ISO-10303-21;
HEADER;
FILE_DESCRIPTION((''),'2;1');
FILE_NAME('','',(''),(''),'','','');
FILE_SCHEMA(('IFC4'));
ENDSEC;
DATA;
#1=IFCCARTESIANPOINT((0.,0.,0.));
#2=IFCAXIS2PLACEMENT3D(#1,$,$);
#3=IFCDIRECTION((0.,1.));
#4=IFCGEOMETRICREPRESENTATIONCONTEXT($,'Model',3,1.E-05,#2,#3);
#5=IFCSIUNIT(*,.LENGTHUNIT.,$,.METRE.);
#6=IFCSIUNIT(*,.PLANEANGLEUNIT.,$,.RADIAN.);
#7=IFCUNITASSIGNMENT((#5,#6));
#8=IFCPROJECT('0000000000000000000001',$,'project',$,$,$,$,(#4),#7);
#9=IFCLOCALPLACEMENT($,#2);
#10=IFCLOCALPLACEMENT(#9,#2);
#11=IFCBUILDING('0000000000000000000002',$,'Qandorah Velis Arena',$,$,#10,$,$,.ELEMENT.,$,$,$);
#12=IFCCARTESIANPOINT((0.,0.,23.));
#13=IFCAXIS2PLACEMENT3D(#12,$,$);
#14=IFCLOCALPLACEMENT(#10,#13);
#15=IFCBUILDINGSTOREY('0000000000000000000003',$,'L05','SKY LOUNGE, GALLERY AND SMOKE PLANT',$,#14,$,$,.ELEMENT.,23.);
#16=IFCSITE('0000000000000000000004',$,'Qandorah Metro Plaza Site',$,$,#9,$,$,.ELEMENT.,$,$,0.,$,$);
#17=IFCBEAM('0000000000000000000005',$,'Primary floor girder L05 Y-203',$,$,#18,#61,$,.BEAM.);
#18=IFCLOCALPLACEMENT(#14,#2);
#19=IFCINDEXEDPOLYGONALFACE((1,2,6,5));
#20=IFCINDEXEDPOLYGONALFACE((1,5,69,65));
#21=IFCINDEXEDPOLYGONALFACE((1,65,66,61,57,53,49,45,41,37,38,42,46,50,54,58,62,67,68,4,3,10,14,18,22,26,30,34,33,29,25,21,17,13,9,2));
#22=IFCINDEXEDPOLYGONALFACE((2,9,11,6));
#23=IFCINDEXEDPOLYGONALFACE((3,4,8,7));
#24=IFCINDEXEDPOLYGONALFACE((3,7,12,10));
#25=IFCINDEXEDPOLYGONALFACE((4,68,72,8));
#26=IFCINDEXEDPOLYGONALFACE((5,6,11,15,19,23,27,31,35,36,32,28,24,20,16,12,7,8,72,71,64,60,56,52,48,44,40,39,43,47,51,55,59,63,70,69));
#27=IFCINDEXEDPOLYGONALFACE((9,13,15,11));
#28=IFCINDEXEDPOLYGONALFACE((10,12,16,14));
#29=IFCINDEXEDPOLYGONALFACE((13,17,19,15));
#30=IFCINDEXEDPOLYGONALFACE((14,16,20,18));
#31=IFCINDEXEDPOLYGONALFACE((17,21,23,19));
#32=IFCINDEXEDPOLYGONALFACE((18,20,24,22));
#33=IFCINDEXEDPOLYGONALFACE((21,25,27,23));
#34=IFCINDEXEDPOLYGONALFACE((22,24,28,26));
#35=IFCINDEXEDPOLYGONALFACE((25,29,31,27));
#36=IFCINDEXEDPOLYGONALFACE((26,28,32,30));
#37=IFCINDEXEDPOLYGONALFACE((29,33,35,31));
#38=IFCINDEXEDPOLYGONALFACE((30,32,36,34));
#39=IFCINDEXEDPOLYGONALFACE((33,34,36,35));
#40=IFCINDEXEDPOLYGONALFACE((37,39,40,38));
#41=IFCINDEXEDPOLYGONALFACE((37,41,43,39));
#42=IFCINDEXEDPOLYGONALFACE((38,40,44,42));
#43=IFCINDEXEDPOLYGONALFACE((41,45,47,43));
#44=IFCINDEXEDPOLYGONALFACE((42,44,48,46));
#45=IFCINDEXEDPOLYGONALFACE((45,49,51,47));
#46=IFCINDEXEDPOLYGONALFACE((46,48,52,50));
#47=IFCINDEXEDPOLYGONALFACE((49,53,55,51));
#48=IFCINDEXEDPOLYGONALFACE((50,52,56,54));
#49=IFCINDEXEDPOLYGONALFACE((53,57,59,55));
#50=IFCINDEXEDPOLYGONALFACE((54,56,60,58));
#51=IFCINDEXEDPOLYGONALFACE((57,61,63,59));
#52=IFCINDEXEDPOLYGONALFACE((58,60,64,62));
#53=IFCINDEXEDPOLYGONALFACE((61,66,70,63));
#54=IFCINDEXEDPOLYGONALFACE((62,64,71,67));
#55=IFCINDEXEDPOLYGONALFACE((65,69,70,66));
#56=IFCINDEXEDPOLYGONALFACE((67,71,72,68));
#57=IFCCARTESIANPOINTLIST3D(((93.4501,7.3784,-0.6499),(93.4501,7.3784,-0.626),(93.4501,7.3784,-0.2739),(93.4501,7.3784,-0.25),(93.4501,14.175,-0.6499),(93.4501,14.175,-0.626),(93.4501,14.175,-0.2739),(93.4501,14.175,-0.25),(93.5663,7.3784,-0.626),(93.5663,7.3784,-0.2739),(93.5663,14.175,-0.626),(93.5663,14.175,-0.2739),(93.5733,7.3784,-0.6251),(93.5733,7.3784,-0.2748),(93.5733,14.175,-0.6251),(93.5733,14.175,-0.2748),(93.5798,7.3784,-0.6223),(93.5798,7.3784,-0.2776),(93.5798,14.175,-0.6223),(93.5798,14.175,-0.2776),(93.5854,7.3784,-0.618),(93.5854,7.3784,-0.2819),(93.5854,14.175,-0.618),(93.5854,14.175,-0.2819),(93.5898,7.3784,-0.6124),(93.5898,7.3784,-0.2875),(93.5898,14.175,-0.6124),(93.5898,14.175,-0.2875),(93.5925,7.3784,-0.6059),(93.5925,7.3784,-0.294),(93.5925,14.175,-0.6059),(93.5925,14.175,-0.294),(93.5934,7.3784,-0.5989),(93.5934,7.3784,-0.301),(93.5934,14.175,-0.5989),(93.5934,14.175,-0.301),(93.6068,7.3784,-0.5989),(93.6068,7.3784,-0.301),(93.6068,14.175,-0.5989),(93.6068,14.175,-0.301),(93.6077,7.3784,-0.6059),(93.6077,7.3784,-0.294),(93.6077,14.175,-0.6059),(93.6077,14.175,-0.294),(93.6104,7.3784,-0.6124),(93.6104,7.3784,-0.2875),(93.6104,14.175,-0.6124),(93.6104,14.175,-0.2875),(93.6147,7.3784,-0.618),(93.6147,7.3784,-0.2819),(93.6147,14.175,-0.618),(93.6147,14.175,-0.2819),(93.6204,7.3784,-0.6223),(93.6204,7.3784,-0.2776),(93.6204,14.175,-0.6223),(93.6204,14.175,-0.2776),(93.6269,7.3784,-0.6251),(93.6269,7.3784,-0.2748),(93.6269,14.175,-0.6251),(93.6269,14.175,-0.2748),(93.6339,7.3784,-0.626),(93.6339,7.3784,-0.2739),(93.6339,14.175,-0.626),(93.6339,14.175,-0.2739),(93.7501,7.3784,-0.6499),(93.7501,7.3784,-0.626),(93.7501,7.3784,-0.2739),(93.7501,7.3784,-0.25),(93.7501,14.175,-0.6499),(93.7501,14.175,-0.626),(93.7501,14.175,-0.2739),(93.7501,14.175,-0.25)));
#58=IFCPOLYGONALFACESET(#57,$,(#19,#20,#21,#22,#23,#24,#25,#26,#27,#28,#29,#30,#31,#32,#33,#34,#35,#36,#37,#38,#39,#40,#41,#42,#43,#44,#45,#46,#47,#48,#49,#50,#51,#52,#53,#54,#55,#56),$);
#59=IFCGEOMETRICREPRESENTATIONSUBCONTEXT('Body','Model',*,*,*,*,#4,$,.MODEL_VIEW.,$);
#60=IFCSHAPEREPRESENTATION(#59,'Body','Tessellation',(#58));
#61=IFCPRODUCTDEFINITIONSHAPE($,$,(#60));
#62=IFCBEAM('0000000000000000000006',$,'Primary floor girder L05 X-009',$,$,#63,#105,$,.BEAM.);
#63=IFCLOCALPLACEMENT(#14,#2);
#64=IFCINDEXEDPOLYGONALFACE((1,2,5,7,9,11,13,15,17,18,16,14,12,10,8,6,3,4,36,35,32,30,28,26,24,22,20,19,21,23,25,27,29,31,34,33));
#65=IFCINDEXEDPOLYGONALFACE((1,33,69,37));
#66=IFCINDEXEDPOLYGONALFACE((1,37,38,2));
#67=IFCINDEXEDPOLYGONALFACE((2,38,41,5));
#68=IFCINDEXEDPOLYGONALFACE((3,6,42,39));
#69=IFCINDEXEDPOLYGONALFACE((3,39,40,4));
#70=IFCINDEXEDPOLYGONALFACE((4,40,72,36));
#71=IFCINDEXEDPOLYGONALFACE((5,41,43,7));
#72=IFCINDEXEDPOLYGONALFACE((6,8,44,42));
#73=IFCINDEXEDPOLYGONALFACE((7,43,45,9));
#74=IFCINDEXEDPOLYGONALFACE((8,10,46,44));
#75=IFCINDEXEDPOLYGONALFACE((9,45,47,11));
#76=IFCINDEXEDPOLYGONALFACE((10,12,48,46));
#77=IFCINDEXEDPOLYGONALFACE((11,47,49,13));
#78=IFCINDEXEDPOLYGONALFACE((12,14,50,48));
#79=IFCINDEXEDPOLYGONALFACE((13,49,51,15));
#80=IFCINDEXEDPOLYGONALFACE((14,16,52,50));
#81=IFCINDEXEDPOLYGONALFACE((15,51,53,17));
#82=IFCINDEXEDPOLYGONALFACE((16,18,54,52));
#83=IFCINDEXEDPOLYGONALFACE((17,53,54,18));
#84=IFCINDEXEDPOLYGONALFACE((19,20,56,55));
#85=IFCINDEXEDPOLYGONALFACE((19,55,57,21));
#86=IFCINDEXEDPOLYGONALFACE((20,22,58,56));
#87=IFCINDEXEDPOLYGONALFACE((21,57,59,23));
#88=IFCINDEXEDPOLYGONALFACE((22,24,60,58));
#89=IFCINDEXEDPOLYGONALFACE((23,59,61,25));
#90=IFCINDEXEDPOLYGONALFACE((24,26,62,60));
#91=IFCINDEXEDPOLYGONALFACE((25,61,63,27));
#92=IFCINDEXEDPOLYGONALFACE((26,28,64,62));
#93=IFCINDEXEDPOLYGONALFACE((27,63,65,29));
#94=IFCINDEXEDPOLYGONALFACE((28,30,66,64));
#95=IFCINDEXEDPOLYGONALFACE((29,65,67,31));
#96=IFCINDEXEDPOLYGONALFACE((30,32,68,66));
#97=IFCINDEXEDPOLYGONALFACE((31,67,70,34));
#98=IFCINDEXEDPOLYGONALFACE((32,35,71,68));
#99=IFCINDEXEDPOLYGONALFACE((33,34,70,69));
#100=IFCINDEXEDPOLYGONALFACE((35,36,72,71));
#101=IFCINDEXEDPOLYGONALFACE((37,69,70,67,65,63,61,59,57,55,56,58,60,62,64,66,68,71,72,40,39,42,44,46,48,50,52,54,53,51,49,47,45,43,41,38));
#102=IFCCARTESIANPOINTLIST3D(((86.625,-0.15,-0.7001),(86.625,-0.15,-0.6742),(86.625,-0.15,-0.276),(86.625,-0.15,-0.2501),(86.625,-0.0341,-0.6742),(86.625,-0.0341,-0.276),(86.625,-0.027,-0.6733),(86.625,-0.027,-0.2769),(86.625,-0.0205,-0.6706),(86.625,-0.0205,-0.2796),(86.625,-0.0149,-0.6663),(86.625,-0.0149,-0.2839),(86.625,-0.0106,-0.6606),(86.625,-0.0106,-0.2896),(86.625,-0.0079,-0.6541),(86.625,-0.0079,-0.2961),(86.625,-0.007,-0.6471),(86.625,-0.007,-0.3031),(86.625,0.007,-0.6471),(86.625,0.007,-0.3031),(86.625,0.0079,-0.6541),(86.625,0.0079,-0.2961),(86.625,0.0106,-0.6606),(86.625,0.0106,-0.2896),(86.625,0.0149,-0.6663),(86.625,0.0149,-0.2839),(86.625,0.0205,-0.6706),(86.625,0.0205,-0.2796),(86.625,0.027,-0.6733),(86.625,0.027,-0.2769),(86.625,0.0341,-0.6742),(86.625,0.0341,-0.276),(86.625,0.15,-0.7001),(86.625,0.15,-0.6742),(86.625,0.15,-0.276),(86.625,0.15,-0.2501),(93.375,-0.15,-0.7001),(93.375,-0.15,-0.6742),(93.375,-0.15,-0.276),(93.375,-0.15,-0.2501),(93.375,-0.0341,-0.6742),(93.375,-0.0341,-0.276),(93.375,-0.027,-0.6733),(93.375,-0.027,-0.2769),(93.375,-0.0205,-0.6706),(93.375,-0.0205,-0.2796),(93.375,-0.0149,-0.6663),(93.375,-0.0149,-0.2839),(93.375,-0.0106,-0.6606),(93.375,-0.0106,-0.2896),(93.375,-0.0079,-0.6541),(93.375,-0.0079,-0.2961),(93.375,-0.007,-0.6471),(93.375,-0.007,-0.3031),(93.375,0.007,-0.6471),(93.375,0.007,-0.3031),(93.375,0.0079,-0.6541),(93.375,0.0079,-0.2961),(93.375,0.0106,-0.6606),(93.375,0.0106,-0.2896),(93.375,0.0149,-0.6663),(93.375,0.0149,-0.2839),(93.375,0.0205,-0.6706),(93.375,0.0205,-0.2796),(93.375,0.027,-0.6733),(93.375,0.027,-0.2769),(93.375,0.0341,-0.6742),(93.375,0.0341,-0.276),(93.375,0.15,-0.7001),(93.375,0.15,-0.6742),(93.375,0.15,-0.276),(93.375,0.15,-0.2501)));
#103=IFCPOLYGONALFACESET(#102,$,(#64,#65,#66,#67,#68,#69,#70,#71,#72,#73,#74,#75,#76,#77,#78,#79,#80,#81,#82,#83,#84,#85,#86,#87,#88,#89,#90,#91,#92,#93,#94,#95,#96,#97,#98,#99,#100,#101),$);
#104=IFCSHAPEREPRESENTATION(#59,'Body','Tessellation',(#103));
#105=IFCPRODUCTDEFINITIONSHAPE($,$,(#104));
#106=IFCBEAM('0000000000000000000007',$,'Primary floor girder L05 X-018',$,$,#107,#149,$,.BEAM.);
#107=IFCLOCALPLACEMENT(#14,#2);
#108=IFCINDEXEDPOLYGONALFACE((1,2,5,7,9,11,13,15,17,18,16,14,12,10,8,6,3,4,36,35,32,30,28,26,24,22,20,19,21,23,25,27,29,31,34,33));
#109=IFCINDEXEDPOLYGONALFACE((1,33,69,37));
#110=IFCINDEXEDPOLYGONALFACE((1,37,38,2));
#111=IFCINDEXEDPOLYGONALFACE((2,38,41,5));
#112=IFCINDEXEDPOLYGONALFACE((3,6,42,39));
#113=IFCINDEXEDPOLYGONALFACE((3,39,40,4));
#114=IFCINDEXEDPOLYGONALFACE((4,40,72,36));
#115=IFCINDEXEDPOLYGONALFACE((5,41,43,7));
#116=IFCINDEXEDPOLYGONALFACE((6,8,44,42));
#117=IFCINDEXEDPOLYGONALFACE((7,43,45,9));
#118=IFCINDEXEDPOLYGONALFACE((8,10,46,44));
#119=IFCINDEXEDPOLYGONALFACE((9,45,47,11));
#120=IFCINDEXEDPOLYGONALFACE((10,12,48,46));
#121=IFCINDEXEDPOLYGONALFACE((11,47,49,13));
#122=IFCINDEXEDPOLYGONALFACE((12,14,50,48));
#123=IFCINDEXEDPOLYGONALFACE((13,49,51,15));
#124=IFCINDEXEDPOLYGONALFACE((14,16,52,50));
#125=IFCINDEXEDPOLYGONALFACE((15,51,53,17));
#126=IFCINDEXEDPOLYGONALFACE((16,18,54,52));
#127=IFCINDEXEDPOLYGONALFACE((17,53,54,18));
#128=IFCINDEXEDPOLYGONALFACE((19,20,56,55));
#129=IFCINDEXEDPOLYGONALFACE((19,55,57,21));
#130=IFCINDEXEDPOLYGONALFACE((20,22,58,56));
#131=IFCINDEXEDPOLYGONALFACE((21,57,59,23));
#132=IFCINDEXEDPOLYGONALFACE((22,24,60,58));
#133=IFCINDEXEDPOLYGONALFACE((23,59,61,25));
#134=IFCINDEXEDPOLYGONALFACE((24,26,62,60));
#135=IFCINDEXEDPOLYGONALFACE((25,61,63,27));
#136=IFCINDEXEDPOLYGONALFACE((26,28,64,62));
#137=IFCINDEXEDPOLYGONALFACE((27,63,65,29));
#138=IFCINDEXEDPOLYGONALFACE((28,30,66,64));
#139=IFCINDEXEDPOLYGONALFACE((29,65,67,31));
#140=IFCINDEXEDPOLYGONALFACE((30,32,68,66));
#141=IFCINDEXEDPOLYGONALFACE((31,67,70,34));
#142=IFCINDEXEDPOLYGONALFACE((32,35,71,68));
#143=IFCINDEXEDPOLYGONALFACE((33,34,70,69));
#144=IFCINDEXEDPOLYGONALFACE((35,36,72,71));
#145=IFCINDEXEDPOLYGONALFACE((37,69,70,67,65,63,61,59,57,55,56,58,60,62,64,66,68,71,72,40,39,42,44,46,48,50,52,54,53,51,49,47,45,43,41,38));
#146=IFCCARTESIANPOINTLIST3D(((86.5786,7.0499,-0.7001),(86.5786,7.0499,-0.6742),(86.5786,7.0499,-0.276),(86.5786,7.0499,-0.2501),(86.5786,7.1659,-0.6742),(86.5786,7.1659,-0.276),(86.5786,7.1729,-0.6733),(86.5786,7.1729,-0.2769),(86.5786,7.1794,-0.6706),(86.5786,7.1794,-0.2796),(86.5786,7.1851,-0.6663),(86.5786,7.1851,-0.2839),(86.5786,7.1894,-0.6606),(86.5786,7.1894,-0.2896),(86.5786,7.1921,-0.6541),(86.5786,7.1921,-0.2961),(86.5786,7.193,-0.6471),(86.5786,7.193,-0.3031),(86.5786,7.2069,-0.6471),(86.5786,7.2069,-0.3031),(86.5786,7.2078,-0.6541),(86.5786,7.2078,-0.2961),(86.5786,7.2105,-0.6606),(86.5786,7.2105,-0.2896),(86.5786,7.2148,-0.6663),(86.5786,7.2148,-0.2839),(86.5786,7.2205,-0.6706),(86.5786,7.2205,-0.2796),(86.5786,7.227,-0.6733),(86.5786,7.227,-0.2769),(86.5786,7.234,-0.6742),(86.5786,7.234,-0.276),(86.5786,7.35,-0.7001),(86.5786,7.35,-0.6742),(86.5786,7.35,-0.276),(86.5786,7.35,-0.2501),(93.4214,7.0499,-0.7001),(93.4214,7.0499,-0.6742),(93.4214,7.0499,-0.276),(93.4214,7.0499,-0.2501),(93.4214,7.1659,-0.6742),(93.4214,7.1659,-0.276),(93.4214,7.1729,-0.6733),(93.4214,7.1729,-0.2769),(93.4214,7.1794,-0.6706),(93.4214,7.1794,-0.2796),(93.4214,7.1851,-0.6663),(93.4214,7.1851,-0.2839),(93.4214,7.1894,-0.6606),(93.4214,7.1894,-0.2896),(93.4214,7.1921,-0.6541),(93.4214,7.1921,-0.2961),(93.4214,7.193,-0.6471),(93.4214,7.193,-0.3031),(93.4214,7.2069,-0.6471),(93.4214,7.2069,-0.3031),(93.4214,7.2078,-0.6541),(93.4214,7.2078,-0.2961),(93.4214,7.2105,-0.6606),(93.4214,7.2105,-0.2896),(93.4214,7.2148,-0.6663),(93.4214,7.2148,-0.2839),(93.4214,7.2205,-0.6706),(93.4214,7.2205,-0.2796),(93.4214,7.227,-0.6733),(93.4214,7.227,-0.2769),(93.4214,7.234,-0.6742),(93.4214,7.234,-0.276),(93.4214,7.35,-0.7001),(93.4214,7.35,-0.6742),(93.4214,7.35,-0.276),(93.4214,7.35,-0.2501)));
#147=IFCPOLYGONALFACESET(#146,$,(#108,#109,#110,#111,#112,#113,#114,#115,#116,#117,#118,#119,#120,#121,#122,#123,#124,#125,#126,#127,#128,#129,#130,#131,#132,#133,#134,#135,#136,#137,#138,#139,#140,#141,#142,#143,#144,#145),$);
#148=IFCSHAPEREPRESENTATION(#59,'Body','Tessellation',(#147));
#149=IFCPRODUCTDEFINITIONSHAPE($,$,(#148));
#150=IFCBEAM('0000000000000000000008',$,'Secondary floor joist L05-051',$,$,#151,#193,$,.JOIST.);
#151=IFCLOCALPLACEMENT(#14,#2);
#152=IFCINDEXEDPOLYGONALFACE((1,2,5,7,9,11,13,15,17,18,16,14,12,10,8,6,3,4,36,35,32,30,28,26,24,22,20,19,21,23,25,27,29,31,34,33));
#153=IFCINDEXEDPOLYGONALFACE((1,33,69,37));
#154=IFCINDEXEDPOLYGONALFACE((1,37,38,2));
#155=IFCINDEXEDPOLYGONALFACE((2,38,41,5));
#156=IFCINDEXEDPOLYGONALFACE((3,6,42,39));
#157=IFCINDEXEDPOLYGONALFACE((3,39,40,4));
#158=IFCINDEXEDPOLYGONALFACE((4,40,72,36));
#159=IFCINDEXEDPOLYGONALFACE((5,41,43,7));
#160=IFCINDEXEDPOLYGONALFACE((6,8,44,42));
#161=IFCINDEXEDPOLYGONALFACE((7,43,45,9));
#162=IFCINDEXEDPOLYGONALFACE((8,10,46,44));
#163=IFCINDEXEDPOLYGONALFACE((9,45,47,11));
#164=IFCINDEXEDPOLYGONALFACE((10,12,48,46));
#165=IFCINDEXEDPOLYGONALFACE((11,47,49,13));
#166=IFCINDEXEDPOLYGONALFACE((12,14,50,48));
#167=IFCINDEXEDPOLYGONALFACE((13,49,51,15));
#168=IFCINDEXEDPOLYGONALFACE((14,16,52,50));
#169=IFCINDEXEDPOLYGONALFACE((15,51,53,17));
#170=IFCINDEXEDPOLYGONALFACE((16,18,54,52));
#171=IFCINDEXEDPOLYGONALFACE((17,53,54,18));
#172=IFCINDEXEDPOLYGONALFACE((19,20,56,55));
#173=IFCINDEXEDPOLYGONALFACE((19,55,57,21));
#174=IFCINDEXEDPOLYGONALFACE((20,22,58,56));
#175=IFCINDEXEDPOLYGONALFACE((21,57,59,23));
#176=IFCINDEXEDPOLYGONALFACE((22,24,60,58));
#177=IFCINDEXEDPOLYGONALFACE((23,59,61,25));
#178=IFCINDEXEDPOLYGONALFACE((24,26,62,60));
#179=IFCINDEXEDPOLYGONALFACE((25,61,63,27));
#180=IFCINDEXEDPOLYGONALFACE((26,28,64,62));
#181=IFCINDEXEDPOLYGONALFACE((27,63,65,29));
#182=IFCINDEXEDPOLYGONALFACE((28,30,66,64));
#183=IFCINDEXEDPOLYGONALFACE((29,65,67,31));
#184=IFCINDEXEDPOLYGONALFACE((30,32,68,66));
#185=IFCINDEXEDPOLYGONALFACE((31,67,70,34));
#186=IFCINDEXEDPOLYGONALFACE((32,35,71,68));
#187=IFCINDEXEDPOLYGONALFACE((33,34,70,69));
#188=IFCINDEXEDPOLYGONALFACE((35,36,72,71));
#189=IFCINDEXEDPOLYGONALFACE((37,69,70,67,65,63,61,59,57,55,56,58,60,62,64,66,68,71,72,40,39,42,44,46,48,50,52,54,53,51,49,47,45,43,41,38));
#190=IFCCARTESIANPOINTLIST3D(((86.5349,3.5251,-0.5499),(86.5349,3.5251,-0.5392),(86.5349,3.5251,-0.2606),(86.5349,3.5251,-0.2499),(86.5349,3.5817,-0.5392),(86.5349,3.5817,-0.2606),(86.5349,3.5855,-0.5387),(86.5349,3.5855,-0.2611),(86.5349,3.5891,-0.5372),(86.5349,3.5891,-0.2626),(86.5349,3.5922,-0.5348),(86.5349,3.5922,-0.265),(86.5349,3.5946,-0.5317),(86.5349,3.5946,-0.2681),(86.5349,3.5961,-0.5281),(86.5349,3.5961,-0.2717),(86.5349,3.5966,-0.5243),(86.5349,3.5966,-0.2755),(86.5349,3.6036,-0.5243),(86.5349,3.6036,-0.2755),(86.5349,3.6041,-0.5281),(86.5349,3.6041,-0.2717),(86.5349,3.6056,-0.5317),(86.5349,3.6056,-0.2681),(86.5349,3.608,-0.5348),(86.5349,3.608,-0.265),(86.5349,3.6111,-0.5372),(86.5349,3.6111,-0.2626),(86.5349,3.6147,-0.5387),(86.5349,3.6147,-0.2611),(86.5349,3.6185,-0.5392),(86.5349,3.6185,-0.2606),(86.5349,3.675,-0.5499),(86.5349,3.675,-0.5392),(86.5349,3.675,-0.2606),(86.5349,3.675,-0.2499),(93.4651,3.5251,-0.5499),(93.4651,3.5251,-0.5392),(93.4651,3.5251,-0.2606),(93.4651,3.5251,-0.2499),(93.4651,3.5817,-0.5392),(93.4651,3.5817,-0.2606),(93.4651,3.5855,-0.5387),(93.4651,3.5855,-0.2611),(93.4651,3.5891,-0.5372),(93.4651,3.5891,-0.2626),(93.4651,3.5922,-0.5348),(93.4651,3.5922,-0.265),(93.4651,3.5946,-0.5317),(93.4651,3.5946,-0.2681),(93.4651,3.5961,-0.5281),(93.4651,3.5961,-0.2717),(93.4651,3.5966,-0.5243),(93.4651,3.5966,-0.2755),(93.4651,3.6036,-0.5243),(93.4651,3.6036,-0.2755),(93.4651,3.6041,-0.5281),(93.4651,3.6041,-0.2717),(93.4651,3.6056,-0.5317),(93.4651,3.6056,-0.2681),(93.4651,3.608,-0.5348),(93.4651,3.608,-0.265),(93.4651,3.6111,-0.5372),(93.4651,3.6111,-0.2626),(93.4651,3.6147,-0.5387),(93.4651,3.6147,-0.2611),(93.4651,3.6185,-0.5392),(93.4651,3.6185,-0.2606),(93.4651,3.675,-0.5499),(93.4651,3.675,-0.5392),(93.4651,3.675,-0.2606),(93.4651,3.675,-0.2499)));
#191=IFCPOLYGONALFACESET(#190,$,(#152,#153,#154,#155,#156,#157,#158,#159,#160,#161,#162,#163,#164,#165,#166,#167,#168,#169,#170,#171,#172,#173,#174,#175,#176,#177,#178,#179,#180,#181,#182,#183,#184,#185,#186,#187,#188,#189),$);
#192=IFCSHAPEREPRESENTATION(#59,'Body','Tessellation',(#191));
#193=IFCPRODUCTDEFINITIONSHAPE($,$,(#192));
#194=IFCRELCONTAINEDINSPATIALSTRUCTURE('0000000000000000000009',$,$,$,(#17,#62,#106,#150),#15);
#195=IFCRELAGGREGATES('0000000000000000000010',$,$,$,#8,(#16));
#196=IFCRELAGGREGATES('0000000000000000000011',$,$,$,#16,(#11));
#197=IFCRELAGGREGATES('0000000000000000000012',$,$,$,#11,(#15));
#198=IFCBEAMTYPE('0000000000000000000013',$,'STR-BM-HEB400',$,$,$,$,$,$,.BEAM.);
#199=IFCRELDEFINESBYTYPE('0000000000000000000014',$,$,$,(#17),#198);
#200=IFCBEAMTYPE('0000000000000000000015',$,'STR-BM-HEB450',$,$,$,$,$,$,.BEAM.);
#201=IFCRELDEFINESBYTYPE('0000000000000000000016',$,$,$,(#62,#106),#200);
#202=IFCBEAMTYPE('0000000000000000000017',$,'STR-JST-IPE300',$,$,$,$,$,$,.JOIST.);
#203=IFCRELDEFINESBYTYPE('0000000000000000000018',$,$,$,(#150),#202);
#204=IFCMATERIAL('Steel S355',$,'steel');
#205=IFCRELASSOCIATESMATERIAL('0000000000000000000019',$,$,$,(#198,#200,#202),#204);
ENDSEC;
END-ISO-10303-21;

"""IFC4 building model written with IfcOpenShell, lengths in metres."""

from ifc_helpers import new_model, si_unit, direction, frame, origin, origin_2d, place, context, subcontext, project, spatial, i_section, extrude, material, material_profile, profile_set, type_object, element, save


model = new_model("IFC4")

# Units and contexts
model_context = context("Model", 3, precision=1e-05, world=origin(), true_north=direction((0.0, 1.0)))
body_context = subcontext(model_context, "Body", "Model", "MODEL_VIEW")
ifc_project = project(units=[si_unit("LENGTHUNIT", "METRE"), si_unit("PLANEANGLEUNIT", "RADIAN")], contexts=[model_context])

# Site, building, storey
site_placement = place(None, origin())
site = spatial("IfcSite", under=ifc_project, at=site_placement, Name="Qandorah Metro Plaza Site", CompositionType="ELEMENT", RefElevation=0.0)
building_placement = place(site_placement, origin())
building = spatial("IfcBuilding", under=site, at=building_placement, Name="Qandorah Velis Arena", CompositionType="ELEMENT")
storey_placement = place(building_placement, frame((0.0, 0.0, 23.0)))
storey = spatial("IfcBuildingStorey", under=building, at=storey_placement, Name="L05", Description="SKY LOUNGE, GALLERY AND SMOKE PLANT", CompositionType="ELEMENT", Elevation=23.0)

# Beams
ifc_material_1 = material(Name="Steel S355", Category="steel")
ifc_material_profile_1 = material_profile(ifc_material_1, i_section(OverallWidth=0.3, OverallDepth=0.3999, WebThickness=0.0134, FlangeThickness=0.0239, FilletRadius=0.0271, at=origin_2d()), Name="HEB 400")
ifc_profile_set_1 = profile_set([ifc_material_profile_1], Name="Steel S355")
beam_type_1 = type_object("IfcBeamType", Name="STR-BM-HEB400", PredefinedType="BEAM", material=ifc_profile_set_1)
beam_1_placement = place(storey_placement, frame((93.6001, 7.3784, -0.45), z_axis=(0.0, 1.0, 0.0), x_axis=(-1.0, 0.0, 0.0)))
element("IfcBeam", 1, at=beam_1_placement, inside=storey, type_object=beam_type_1, Name="Primary floor girder L05 Y-203", PredefinedType="BEAM", context=body_context, shape_type="SweptSolid", body=[
    extrude(i_section(OverallWidth=0.3, OverallDepth=0.3999, WebThickness=0.0134, FlangeThickness=0.0239, FilletRadius=0.0271, at=origin_2d()), origin(), (0.0, 0.0, 1.0), 6.7966),
])
ifc_material_profile_2 = material_profile(ifc_material_1, i_section(OverallWidth=0.3, OverallDepth=0.45, WebThickness=0.0139, FlangeThickness=0.0259, FilletRadius=0.0271, at=origin_2d()), Name="HEB 450")
ifc_profile_set_2 = profile_set([ifc_material_profile_2], Name="Steel S355")
beam_type_2 = type_object("IfcBeamType", Name="STR-BM-HEB450", PredefinedType="BEAM", material=ifc_profile_set_2)
beam_2_placement = place(storey_placement, frame((86.625, 0.0, -0.4751), z_axis=(1.0, 0.0, 0.0), x_axis=(0.0, 1.0, 0.0)))
element("IfcBeam", 2, at=beam_2_placement, inside=storey, type_object=beam_type_2, Name="Primary floor girder L05 X-009", PredefinedType="BEAM", context=body_context, shape_type="SweptSolid", body=[
    extrude(i_section(OverallWidth=0.3, OverallDepth=0.45, WebThickness=0.0139, FlangeThickness=0.0259, FilletRadius=0.0271, at=origin_2d()), origin(), (0.0, 0.0, 1.0), 6.75),
])
beam_3_placement = place(storey_placement, frame((86.5786, 7.2, -0.4751), z_axis=(1.0, 0.0, 0.0), x_axis=(0.0, 1.0, 0.0)))
element("IfcBeam", 3, at=beam_3_placement, inside=storey, type_object=beam_type_2, Name="Primary floor girder L05 X-018", PredefinedType="BEAM", context=body_context, shape_type="SweptSolid", body=[
    extrude(i_section(OverallWidth=0.3, OverallDepth=0.45, WebThickness=0.0139, FlangeThickness=0.0259, FilletRadius=0.0271, at=origin_2d()), origin(), (0.0, 0.0, 1.0), 6.8428),
])
ifc_material_profile_3 = material_profile(ifc_material_1, i_section(OverallWidth=0.1499, OverallDepth=0.3, WebThickness=0.0071, FlangeThickness=0.0107, FilletRadius=0.0149, at=origin_2d()), Name="IPE 300")
ifc_profile_set_3 = profile_set([ifc_material_profile_3], Name="Steel S355")
beam_type_3 = type_object("IfcBeamType", Name="STR-JST-IPE300", PredefinedType="JOIST", material=ifc_profile_set_3)
for number, where, z_axis, x_axis, name in (
    (4, (86.5349, 3.6001, -0.3999), (1.0, 0.0, 0.0), (0.0, 1.0, 0.0), "Secondary floor joist L05-051"),
):
    element("IfcBeam", number, at=place(storey_placement, frame(where, z_axis=z_axis, x_axis=x_axis)), inside=storey, type_object=beam_type_3, Name=name, PredefinedType="JOIST", context=body_context, shape_type="SweptSolid", body=[
        extrude(i_section(OverallWidth=0.1499, OverallDepth=0.3, WebThickness=0.0071, FlangeThickness=0.0107, FilletRadius=0.0149, at=origin_2d()), origin(), (0.0, 0.0, 1.0), 6.9302),
    ])

save(model, "model.ifc")
